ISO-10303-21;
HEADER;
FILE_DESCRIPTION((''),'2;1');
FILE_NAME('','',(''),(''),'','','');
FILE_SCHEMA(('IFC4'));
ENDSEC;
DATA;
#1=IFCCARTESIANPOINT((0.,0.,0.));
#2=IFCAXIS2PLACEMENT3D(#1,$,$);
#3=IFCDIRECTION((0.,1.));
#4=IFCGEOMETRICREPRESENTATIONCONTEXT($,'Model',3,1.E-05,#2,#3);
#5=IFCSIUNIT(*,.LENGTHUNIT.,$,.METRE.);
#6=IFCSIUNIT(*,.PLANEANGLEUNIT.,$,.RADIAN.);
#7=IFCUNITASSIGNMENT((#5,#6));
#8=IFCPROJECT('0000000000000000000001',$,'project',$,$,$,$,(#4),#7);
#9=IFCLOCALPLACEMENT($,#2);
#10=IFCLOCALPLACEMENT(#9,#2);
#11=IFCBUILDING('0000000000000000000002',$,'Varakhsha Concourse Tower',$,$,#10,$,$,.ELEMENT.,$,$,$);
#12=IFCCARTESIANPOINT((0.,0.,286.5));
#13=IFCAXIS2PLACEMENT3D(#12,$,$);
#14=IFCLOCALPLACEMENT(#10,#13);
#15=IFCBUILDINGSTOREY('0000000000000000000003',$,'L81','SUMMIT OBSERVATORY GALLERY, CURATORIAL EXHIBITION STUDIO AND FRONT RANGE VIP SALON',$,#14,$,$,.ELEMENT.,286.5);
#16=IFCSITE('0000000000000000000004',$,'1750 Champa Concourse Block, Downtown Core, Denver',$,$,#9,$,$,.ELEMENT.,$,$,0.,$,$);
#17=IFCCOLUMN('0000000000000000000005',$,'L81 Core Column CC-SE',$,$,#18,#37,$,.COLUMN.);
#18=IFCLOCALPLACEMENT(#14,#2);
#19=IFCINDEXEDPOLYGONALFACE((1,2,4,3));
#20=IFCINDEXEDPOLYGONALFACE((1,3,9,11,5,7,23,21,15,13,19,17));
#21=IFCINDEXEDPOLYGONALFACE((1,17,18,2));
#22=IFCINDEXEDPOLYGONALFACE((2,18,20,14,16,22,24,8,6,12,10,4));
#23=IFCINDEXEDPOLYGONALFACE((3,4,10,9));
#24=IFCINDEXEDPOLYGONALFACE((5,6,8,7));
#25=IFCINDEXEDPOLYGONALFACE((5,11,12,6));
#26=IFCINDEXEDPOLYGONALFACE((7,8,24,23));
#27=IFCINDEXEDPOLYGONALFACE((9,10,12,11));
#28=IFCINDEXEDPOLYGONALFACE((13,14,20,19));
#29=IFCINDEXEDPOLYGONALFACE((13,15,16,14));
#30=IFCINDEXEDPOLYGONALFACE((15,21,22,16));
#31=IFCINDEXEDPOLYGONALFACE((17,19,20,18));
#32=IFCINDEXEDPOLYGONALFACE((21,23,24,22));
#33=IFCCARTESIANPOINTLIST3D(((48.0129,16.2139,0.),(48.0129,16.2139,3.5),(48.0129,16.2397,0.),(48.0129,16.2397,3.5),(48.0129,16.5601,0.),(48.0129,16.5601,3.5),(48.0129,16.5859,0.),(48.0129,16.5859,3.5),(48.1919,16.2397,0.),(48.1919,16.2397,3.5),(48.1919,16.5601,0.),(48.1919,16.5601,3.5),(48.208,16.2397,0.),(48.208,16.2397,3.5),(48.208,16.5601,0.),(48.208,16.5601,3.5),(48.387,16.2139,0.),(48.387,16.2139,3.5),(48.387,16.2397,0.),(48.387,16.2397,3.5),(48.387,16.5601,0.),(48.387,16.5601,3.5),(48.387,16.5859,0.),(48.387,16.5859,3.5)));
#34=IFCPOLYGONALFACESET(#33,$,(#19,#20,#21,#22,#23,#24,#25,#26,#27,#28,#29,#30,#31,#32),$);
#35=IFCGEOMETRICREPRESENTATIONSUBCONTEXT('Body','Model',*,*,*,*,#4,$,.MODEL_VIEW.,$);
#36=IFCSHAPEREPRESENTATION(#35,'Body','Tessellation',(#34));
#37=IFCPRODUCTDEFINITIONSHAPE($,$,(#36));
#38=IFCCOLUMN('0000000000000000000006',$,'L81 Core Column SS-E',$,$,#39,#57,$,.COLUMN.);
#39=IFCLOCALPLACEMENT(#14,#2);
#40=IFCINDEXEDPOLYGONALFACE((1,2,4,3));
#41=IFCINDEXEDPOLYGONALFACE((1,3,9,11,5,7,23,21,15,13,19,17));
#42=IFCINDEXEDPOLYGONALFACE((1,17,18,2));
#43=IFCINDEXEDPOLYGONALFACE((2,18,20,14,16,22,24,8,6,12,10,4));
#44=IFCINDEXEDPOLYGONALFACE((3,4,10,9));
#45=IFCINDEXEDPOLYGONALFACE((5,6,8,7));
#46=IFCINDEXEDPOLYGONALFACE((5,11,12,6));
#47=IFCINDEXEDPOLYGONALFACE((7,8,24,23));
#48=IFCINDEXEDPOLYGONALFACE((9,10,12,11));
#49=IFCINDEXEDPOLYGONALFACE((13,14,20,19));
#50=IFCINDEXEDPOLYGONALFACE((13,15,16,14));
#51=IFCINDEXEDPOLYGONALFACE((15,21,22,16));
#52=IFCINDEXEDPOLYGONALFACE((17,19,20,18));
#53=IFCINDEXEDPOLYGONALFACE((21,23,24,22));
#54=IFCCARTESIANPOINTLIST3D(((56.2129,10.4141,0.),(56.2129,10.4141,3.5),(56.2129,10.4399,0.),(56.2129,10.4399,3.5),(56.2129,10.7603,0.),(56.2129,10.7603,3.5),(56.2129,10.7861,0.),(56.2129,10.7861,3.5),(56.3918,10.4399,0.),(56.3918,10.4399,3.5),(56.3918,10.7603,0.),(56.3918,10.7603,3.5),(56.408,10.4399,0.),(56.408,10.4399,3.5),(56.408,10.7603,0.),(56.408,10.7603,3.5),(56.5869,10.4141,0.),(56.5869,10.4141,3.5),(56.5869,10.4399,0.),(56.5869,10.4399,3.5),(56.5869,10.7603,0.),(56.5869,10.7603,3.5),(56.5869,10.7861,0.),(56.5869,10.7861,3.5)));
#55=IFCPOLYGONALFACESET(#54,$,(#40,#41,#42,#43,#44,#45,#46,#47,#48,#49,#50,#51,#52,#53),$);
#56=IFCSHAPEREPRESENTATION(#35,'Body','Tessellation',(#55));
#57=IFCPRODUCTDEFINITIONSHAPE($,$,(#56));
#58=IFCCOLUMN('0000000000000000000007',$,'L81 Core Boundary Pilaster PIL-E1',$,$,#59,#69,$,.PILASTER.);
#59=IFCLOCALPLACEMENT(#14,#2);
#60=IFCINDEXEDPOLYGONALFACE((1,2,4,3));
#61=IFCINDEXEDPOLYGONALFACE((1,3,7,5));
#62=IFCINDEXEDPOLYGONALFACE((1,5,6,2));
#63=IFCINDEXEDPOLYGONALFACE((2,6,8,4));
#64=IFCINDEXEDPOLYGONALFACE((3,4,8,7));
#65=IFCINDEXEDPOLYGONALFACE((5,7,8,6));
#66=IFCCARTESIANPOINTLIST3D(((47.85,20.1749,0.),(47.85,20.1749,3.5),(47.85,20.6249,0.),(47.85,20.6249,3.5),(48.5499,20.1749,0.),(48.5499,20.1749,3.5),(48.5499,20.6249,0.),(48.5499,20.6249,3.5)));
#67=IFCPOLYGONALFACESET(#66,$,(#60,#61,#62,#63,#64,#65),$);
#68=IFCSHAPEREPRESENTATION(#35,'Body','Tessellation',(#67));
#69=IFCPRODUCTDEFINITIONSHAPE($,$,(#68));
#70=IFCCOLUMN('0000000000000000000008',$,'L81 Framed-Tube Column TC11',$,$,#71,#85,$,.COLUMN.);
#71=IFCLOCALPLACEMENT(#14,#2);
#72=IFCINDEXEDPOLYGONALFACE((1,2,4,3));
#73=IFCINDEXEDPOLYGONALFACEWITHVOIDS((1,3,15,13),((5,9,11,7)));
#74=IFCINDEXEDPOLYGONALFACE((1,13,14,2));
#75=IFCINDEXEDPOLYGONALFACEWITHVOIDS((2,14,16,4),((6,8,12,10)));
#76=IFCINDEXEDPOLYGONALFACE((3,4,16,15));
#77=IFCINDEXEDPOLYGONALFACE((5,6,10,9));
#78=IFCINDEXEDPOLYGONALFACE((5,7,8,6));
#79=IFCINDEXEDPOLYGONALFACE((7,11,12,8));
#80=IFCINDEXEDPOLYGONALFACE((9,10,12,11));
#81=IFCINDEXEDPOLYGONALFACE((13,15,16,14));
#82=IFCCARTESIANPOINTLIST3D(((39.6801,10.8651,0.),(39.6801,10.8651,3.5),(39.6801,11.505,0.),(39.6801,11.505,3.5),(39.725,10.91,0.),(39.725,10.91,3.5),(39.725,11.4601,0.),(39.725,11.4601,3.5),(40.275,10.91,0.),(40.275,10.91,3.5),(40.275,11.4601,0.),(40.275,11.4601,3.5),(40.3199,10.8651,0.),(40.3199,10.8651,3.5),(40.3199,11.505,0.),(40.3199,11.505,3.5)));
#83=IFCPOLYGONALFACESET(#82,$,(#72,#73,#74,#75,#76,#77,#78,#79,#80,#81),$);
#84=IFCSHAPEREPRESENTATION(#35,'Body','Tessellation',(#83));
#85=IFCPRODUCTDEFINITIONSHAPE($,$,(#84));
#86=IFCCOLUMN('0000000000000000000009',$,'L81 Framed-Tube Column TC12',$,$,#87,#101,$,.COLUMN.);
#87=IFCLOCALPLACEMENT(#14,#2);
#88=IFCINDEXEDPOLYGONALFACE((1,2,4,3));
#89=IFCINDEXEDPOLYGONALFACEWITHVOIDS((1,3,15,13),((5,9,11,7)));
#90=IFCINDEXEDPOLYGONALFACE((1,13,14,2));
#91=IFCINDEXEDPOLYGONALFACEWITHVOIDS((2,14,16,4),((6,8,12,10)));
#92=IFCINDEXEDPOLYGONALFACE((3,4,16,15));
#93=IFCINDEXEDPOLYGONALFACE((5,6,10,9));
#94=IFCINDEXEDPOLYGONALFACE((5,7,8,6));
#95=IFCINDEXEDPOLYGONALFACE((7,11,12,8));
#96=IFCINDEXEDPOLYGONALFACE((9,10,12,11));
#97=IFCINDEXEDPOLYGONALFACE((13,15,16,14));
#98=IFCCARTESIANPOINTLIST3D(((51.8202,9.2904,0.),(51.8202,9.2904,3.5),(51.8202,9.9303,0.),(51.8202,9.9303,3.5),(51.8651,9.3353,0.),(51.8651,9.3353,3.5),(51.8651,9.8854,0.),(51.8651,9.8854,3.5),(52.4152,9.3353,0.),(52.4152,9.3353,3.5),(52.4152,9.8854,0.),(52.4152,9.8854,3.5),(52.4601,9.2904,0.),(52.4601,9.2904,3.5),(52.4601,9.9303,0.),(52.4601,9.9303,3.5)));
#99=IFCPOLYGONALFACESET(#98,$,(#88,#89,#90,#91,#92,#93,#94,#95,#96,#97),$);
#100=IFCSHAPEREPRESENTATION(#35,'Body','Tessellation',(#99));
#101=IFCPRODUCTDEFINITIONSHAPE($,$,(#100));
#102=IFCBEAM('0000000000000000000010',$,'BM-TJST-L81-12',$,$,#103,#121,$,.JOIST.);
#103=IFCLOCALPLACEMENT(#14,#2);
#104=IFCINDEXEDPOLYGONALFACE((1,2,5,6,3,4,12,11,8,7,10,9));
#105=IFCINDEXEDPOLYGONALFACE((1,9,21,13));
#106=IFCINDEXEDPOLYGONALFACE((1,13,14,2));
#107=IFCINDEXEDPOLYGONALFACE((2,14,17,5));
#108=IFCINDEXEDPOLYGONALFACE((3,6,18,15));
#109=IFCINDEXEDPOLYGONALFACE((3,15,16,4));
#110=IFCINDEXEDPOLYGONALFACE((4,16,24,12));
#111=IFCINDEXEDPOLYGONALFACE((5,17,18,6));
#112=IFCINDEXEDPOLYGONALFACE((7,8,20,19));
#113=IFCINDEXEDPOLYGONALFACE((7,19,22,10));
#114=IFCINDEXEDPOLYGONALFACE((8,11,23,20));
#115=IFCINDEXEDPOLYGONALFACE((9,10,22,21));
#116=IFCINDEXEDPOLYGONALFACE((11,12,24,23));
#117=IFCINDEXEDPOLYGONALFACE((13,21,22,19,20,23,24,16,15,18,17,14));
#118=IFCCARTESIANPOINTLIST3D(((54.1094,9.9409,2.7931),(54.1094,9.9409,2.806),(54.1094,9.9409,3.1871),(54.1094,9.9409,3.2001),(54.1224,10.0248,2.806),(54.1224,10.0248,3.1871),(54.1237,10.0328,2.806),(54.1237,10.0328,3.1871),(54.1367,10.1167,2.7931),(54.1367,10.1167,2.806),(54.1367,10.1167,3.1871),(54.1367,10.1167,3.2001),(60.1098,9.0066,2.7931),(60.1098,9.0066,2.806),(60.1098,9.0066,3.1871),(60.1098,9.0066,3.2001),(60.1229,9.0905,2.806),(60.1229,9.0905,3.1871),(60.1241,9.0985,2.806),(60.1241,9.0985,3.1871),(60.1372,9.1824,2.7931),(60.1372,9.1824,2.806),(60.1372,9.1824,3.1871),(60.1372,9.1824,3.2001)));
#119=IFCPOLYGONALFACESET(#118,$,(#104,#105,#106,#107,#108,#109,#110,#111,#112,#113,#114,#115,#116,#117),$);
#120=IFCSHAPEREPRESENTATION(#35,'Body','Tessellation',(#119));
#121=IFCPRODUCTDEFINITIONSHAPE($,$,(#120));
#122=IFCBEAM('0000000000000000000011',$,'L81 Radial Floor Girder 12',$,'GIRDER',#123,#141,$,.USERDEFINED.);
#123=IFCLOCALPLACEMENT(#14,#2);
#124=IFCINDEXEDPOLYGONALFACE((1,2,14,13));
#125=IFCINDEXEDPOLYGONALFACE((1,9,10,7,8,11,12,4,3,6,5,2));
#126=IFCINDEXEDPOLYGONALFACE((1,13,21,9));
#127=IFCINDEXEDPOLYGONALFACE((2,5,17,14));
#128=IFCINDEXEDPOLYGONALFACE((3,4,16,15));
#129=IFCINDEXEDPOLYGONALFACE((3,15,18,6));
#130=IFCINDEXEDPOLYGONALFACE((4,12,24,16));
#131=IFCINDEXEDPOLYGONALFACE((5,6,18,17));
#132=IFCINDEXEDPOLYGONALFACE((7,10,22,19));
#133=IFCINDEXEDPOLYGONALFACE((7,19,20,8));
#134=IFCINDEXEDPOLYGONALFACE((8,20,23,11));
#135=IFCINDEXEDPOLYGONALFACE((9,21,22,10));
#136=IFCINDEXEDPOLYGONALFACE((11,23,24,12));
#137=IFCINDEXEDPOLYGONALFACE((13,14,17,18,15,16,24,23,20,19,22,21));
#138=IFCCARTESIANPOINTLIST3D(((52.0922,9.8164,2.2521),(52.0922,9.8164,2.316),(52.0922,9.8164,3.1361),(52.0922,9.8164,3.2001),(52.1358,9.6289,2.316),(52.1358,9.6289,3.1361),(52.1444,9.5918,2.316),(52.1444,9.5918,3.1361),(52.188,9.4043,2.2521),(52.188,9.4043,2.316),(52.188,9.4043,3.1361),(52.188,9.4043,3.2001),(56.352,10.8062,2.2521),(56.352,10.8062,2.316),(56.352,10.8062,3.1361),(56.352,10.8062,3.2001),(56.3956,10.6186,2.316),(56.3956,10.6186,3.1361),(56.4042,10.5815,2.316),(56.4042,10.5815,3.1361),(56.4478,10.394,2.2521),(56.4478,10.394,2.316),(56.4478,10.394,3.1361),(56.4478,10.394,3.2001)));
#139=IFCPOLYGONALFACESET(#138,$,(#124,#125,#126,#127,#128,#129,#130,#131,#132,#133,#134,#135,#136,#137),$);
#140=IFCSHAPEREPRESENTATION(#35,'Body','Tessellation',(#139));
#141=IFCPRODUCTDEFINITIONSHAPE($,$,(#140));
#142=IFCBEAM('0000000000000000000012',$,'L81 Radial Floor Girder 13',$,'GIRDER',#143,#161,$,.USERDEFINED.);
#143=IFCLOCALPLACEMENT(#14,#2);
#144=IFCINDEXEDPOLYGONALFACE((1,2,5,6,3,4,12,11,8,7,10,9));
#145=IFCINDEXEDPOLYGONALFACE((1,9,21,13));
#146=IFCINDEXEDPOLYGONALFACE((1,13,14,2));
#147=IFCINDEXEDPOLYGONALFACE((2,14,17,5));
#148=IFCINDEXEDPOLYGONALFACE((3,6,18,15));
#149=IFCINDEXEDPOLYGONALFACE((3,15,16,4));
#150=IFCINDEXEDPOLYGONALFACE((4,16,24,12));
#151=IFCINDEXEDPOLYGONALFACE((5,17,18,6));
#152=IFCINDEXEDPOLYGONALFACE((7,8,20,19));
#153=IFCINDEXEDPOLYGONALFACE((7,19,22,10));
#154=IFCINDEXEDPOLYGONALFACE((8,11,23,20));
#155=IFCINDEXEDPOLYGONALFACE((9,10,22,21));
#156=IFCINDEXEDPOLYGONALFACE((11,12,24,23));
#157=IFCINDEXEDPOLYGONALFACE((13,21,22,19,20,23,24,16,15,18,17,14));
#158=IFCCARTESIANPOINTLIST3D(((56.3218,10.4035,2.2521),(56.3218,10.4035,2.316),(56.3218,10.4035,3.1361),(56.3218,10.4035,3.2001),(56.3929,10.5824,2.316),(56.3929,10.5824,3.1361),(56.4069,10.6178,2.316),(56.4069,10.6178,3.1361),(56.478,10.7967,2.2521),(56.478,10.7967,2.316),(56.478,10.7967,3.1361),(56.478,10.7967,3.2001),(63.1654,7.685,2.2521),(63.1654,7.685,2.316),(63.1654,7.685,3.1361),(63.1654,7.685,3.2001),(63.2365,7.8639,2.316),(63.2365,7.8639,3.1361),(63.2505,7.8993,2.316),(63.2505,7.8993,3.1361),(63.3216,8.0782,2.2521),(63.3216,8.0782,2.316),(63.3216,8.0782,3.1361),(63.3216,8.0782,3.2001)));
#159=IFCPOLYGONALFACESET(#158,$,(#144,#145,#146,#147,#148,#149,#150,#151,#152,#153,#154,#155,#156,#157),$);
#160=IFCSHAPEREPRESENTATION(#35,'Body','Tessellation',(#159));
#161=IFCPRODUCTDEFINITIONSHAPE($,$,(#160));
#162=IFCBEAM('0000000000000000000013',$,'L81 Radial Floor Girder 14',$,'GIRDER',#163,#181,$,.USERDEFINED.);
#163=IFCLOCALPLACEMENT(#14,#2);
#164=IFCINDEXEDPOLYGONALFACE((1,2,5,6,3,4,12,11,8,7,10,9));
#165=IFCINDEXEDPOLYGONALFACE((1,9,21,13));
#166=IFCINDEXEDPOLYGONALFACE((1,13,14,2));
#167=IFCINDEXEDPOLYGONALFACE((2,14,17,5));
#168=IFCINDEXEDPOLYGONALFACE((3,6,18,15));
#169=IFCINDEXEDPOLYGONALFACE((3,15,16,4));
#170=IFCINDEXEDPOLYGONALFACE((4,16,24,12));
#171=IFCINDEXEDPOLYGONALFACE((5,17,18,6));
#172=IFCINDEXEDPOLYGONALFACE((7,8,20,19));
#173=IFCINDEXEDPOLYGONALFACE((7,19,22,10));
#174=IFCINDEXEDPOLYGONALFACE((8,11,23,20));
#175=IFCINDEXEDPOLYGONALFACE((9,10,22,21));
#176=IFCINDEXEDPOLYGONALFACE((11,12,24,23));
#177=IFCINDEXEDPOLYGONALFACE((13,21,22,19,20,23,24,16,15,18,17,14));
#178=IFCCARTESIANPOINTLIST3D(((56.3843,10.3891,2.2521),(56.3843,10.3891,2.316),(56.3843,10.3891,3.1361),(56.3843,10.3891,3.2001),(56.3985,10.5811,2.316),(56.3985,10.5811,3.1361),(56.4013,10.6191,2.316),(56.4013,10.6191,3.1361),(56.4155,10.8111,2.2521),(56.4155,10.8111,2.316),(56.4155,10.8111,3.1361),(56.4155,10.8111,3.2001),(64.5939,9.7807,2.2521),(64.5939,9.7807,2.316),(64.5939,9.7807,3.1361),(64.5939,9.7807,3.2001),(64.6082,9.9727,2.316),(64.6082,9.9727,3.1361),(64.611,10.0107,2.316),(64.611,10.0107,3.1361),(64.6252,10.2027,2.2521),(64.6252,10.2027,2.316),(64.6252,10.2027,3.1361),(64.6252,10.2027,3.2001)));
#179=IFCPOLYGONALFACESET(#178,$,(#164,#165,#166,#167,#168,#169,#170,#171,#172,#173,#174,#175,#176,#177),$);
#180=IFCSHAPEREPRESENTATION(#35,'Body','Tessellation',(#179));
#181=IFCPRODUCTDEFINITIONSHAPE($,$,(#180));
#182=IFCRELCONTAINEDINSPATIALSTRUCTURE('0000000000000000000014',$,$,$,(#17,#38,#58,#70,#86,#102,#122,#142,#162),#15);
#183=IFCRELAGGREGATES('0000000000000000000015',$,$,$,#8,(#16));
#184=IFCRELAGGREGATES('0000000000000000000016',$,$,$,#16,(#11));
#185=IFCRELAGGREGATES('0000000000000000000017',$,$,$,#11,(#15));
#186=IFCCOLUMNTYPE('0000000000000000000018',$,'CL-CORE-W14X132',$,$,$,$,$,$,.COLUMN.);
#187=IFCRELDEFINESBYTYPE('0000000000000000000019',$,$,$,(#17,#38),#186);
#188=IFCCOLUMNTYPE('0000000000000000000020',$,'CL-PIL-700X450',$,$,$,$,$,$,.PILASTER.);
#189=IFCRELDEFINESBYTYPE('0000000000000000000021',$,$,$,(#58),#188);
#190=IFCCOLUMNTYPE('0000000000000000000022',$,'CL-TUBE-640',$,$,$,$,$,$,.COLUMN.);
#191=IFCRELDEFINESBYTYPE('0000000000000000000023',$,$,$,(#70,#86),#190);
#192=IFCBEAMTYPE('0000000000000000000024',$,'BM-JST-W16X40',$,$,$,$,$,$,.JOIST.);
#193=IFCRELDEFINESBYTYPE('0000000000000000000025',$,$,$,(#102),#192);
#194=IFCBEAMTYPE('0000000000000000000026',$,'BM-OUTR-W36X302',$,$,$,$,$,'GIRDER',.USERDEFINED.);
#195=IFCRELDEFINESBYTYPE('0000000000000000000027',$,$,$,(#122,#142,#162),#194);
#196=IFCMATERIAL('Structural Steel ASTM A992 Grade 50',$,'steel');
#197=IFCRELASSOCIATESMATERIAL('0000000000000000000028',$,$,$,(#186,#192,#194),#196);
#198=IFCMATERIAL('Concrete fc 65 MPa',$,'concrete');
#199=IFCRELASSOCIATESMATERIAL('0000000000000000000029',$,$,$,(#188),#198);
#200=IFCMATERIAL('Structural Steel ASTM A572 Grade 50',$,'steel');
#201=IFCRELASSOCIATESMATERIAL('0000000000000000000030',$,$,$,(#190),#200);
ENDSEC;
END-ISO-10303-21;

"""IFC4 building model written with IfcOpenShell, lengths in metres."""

from ifc_helpers import new_model, si_unit, direction, frame, origin, origin_2d, place, context, subcontext, project, spatial, rectangle, hollow_rectangle, i_section, extrude, material, material_profile, profile_set, type_object, element, save


model = new_model("IFC4")

# Units and contexts
model_context = context("Model", 3, precision=1e-05, world=origin(), true_north=direction((0.0, 1.0)))
body_context = subcontext(model_context, "Body", "Model", "MODEL_VIEW")
ifc_project = project(units=[si_unit("LENGTHUNIT", "METRE"), si_unit("PLANEANGLEUNIT", "RADIAN")], contexts=[model_context])

# Site, building, storey
site_placement = place(None, origin())
site = spatial("IfcSite", under=ifc_project, at=site_placement, Name="1750 Champa Concourse Block, Downtown Core, Denver", CompositionType="ELEMENT", RefElevation=0.0)
building_placement = place(site_placement, origin())
building = spatial("IfcBuilding", under=site, at=building_placement, Name="Varakhsha Concourse Tower", CompositionType="ELEMENT")
storey_placement = place(building_placement, frame((0.0, 0.0, 286.5)))
storey = spatial("IfcBuildingStorey", under=building, at=storey_placement, Name="L81", Description="SUMMIT OBSERVATORY GALLERY, CURATORIAL EXHIBITION STUDIO AND FRONT RANGE VIP SALON", CompositionType="ELEMENT", Elevation=286.5)

# Columns
ifc_material_1 = material(Name="Structural Steel ASTM A992 Grade 50", Category="steel")
ifc_material_profile_1 = material_profile(ifc_material_1, i_section(OverallWidth=0.374, OverallDepth=0.3721, WebThickness=0.0161, FlangeThickness=0.0259, at=origin_2d()), Name="W14X132")
ifc_profile_set_1 = profile_set([ifc_material_profile_1], Name="Structural Steel ASTM A992 Grade 50")
column_type_1 = type_object("IfcColumnType", Name="CL-CORE-W14X132", PredefinedType="COLUMN", material=ifc_profile_set_1)
for number, where, z_axis, x_axis, name in (
    (1, (48.2, 16.3999, 0.0), (0.0, 0.0, 1.0), (1.0, 0.0, 0.0), "L81 Core Column CC-SE"),
    (2, (56.3999, 10.6001, 0.0), (0.0, 0.0, 1.0), (1.0, 0.0, 0.0), "L81 Core Column SS-E"),
):
    element("IfcColumn", number, at=place(storey_placement, frame(where, z_axis=z_axis, x_axis=x_axis)), inside=storey, type_object=column_type_1, Name=name, PredefinedType="COLUMN", context=body_context, shape_type="SweptSolid", body=[
        extrude(i_section(OverallWidth=0.374, OverallDepth=0.3721, WebThickness=0.0161, FlangeThickness=0.0259, at=origin_2d()), origin(), (0.0, 0.0, 1.0), 3.5),
    ])
ifc_material_2 = material(Name="Concrete fc 65 MPa", Category="concrete")
ifc_material_profile_2 = material_profile(ifc_material_2, rectangle(XDim=0.7, YDim=0.45, at=origin_2d()), Name="RC 700x450")
ifc_profile_set_2 = profile_set([ifc_material_profile_2], Name="Concrete fc 65 MPa")
column_type_2 = type_object("IfcColumnType", Name="CL-PIL-700X450", PredefinedType="PILASTER", material=ifc_profile_set_2)
column_placement = place(storey_placement, frame((48.2, 20.3999, 0.0), z_axis=(0.0, 0.0, 1.0), x_axis=(1.0, 0.0, 0.0)))
element("IfcColumn", 3, at=column_placement, inside=storey, type_object=column_type_2, Name="L81 Core Boundary Pilaster PIL-E1", PredefinedType="PILASTER", context=body_context, shape_type="SweptSolid", body=[
    extrude(rectangle(XDim=0.7, YDim=0.45, at=origin_2d()), origin(), (0.0, 0.0, 1.0), 3.5),
])
ifc_material_3 = material(Name="Structural Steel ASTM A572 Grade 50", Category="steel")
ifc_material_profile_3 = material_profile(ifc_material_3, hollow_rectangle(XDim=0.6399, YDim=0.6399, WallThickness=0.0449, at=origin_2d()), Name="BOX 640x640x45")
ifc_profile_set_3 = profile_set([ifc_material_profile_3], Name="Structural Steel ASTM A572 Grade 50")
column_type_3 = type_object("IfcColumnType", Name="CL-TUBE-640", PredefinedType="COLUMN", material=ifc_profile_set_3)
for number, where, z_axis, x_axis, name in (
    (4, (40.0, 11.1851, 0.0), (0.0, 0.0, 1.0), (1.0, 0.0, 0.0), "L81 Framed-Tube Column TC11"),
    (5, (52.1401, 9.6104, 0.0), (0.0, 0.0, 1.0), (1.0, 0.0, 0.0), "L81 Framed-Tube Column TC12"),
):
    element("IfcColumn", number, at=place(storey_placement, frame(where, z_axis=z_axis, x_axis=x_axis)), inside=storey, type_object=column_type_3, Name=name, PredefinedType="COLUMN", context=body_context, shape_type="SweptSolid", body=[
        extrude(hollow_rectangle(XDim=0.6399, YDim=0.6399, WallThickness=0.0449, at=origin_2d()), origin(), (0.0, 0.0, 1.0), 3.5),
    ])

# Beams
ifc_material_profile_4 = material_profile(ifc_material_1, i_section(OverallWidth=0.178, OverallDepth=0.407, WebThickness=0.0081, FlangeThickness=0.0129, at=origin_2d()), Name="W16X40")
ifc_profile_set_4 = profile_set([ifc_material_profile_4], Name="Structural Steel ASTM A992 Grade 50")
beam_type_1 = type_object("IfcBeamType", Name="BM-JST-W16X40", PredefinedType="JOIST", material=ifc_profile_set_4)
beam_1_placement = place(storey_placement, frame((54.123, 10.0288, 2.9966), z_axis=(0.988094, -0.153854, 0.0), x_axis=(0.153854, 0.988094, 0.0)))
element("IfcBeam", 6, at=beam_1_placement, inside=storey, type_object=beam_type_1, Name="BM-TJST-L81-12", PredefinedType="JOIST", context=body_context, shape_type="SweptSolid", body=[
    extrude(i_section(OverallWidth=0.178, OverallDepth=0.407, WebThickness=0.0081, FlangeThickness=0.0129, at=origin_2d()), origin(), (0.0, 0.0, 1.0), 6.0728),
])
ifc_material_profile_5 = material_profile(ifc_material_1, i_section(OverallWidth=0.4231, OverallDepth=0.948, WebThickness=0.0381, FlangeThickness=0.064, at=origin_2d()), Name="W36X302")
ifc_profile_set_5 = profile_set([ifc_material_profile_5], Name="Structural Steel ASTM A992 Grade 50")
beam_type_2 = type_object("IfcBeamType", Name="BM-OUTR-W36X302", ElementType="GIRDER", PredefinedType="USERDEFINED", material=ifc_profile_set_5)
beam_2_placement = place(storey_placement, frame((56.3999, 10.6001, 2.7261), z_axis=(-0.974053, -0.226319, 0.0), x_axis=(0.226319, -0.974053, 0.0)))
element("IfcBeam", 7, at=beam_2_placement, inside=storey, type_object=beam_type_2, Name="L81 Radial Floor Girder 12", ObjectType="GIRDER", PredefinedType="USERDEFINED", context=body_context, shape_type="SweptSolid", body=[
    extrude(i_section(OverallWidth=0.4231, OverallDepth=0.948, WebThickness=0.0381, FlangeThickness=0.064, at=origin_2d()), origin(), (0.0, 0.0, 1.0), 4.3733),
])
beam_3_placement = place(storey_placement, frame((56.3999, 10.6001, 2.7261), z_axis=(0.929359, -0.369177, 0.0), x_axis=(0.369177, 0.929359, 0.0)))
element("IfcBeam", 8, at=beam_3_placement, inside=storey, type_object=beam_type_2, Name="L81 Radial Floor Girder 13", ObjectType="GIRDER", PredefinedType="USERDEFINED", context=body_context, shape_type="SweptSolid", body=[
    extrude(i_section(OverallWidth=0.4231, OverallDepth=0.948, WebThickness=0.0381, FlangeThickness=0.064, at=origin_2d()), origin(), (0.0, 0.0, 1.0), 7.3638),
])
beam_4_placement = place(storey_placement, frame((56.3999, 10.6001, 2.7261), z_axis=(0.997265, -0.073904, 0.0), x_axis=(0.073904, 0.997265, 0.0)))
element("IfcBeam", 9, at=beam_4_placement, inside=storey, type_object=beam_type_2, Name="L81 Radial Floor Girder 14", ObjectType="GIRDER", PredefinedType="USERDEFINED", context=body_context, shape_type="SweptSolid", body=[
    extrude(i_section(OverallWidth=0.4231, OverallDepth=0.948, WebThickness=0.0381, FlangeThickness=0.064, at=origin_2d()), origin(), (0.0, 0.0, 1.0), 8.2322),
])

save(model, "model.ifc")
